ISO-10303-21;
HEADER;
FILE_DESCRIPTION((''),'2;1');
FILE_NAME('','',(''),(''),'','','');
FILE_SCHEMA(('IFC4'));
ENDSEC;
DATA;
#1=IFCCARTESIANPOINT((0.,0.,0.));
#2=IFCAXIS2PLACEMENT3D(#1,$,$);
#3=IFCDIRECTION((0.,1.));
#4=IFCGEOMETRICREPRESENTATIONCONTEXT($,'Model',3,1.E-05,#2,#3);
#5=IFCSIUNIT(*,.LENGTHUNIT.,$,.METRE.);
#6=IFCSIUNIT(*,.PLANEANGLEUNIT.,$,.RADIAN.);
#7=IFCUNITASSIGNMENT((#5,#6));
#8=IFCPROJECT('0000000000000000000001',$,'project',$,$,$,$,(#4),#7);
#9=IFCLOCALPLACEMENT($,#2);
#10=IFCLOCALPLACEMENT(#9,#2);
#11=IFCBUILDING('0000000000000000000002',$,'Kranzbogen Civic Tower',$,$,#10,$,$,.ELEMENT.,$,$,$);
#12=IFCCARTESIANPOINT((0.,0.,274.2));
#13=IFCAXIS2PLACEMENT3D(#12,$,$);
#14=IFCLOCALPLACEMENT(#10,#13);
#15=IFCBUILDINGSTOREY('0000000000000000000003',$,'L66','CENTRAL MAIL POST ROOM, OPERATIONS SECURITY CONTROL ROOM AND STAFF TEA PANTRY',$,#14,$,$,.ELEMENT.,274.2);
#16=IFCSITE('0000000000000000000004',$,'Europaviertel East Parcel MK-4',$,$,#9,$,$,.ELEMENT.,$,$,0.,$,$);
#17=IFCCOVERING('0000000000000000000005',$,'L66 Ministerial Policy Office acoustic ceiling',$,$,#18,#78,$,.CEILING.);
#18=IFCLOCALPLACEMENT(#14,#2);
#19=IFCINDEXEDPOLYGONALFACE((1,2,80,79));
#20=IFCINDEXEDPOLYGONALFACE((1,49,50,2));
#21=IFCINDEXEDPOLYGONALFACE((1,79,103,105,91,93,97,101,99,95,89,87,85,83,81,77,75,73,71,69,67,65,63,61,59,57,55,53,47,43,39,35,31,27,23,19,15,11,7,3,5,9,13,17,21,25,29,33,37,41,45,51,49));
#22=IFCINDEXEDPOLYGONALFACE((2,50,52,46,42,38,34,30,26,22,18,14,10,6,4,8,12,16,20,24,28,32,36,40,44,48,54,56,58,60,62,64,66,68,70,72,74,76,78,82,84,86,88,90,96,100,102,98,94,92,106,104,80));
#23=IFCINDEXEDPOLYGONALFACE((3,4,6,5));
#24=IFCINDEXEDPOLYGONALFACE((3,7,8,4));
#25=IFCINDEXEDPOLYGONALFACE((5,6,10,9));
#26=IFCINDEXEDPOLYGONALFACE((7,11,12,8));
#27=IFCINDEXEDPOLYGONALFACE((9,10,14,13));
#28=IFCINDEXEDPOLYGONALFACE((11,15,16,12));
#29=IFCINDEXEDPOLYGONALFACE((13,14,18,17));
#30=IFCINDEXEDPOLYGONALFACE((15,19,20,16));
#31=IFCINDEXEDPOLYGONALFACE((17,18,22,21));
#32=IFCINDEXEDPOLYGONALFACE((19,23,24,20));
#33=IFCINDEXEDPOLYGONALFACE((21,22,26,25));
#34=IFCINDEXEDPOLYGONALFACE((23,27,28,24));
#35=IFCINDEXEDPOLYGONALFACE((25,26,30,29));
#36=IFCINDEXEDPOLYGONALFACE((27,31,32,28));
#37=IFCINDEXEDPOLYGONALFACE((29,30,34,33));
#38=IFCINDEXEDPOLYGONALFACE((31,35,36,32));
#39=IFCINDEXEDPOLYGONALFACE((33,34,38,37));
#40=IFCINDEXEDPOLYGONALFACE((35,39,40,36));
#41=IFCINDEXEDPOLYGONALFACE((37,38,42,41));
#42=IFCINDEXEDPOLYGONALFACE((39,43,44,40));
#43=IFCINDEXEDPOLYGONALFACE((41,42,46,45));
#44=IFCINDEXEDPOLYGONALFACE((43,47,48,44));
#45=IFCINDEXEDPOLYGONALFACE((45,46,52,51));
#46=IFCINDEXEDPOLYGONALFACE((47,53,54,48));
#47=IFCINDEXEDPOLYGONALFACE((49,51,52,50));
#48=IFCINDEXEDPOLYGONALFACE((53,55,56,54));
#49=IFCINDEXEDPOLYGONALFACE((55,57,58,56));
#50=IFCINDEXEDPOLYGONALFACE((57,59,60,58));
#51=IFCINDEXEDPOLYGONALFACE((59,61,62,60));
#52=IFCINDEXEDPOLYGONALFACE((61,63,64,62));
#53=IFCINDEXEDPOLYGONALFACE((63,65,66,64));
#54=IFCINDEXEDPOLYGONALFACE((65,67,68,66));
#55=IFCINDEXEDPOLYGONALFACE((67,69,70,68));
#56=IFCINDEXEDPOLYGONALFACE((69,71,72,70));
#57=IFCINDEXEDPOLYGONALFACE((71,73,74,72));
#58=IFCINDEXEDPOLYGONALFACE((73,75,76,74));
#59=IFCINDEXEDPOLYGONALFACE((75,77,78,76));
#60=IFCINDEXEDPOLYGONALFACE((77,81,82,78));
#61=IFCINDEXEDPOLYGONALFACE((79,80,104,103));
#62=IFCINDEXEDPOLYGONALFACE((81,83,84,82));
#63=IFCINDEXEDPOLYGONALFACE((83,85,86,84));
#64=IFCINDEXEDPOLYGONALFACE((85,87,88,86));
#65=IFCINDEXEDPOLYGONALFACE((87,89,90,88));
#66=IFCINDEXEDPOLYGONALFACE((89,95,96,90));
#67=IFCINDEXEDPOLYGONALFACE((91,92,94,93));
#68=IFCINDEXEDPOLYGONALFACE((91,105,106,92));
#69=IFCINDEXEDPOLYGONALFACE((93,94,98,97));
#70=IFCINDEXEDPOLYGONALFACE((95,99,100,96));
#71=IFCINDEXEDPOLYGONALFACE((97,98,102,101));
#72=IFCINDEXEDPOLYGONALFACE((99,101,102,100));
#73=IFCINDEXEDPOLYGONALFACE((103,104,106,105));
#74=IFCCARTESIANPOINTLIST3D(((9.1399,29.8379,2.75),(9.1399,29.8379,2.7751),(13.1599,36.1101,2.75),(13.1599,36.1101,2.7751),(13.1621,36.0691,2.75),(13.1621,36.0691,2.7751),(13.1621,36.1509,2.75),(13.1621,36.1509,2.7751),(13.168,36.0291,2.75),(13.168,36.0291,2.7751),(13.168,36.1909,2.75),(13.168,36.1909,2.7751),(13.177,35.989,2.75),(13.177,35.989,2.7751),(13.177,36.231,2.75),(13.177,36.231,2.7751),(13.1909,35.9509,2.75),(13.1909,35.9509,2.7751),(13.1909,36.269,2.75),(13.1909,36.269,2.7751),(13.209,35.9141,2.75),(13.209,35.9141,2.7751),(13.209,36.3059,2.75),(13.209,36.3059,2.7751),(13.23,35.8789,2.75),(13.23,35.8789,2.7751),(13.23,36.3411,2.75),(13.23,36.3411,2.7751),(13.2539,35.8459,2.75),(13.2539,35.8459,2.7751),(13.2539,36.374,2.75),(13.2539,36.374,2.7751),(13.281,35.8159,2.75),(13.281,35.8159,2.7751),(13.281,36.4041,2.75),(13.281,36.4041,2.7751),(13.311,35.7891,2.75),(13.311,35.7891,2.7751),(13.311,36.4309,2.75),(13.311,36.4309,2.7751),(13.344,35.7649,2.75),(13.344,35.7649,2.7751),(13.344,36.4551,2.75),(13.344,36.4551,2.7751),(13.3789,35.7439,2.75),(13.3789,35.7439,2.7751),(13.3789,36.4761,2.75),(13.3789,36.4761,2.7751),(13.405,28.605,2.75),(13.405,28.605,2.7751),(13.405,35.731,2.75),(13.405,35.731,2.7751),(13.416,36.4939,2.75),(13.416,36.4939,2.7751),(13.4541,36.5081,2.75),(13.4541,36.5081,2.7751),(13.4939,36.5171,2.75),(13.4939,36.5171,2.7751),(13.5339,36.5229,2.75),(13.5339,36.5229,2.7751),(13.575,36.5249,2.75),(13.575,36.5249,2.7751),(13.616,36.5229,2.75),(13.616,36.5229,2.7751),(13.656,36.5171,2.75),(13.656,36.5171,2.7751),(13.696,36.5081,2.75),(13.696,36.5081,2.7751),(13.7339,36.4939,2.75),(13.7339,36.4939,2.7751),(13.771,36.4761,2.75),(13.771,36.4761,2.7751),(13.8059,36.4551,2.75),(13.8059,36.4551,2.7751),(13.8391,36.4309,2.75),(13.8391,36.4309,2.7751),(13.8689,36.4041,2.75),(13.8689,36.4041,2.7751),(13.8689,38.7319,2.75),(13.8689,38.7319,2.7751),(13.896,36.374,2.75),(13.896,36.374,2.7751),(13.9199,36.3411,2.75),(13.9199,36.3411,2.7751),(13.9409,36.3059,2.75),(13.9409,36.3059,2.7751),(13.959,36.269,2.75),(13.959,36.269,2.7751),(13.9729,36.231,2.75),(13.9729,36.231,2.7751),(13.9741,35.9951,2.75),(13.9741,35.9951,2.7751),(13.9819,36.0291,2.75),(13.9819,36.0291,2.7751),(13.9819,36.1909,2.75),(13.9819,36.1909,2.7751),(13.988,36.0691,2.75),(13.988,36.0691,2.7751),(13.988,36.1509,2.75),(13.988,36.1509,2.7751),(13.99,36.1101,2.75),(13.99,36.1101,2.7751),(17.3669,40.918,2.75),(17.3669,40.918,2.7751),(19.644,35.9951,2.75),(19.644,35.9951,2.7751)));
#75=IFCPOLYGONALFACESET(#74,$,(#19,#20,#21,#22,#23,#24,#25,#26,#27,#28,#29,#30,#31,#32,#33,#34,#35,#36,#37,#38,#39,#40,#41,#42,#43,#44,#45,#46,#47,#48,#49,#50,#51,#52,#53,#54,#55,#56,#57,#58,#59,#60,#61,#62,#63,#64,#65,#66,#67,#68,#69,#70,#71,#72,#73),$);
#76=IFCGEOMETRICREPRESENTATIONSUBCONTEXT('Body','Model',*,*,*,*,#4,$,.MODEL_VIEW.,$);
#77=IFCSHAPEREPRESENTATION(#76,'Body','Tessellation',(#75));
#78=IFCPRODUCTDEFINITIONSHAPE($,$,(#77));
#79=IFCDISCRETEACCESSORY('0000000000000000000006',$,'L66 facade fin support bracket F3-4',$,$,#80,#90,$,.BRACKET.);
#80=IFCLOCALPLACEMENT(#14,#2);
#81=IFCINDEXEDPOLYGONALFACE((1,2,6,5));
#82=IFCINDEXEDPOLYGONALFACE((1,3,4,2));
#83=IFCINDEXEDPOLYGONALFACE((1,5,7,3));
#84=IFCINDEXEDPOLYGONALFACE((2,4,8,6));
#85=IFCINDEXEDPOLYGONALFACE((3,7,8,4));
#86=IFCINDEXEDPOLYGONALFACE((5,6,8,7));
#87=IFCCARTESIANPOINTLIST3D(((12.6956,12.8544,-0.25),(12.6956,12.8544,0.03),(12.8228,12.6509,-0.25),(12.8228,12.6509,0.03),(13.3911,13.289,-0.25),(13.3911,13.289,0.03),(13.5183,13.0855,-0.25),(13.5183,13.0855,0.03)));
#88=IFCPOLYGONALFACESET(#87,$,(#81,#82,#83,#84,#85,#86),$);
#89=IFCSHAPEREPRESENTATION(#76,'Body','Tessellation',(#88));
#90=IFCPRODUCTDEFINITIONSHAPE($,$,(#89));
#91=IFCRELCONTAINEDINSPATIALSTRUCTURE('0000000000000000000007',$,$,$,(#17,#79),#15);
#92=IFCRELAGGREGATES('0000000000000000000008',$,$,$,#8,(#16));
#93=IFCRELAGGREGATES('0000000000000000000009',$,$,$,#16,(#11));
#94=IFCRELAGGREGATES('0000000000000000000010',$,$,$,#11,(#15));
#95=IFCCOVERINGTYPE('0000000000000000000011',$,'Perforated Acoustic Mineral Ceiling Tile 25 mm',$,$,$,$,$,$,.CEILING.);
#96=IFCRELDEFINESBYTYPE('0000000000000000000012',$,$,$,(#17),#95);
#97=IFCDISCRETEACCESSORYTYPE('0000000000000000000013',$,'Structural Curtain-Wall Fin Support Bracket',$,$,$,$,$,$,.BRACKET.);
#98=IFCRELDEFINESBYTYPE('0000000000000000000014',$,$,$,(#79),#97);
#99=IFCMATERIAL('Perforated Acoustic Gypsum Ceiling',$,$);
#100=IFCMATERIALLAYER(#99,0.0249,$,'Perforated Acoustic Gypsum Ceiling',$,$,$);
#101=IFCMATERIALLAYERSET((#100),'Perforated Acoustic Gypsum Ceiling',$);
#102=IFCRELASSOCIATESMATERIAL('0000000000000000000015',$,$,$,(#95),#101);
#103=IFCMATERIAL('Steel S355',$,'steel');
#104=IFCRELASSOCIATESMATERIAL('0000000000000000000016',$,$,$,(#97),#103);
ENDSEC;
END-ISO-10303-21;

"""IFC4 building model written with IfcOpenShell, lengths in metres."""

from ifc_helpers import new_model, si_unit, direction, frame, origin, origin_2d, place, context, subcontext, project, spatial, polyline, rectangle, outline, extrude, material, layer, layer_set, type_object, element, save


model = new_model("IFC4")

# Units and contexts
model_context = context("Model", 3, precision=1e-05, world=origin(), true_north=direction((0.0, 1.0)))
body_context = subcontext(model_context, "Body", "Model", "MODEL_VIEW")
ifc_project = project(units=[si_unit("LENGTHUNIT", "METRE"), si_unit("PLANEANGLEUNIT", "RADIAN")], contexts=[model_context])

# Site, building, storey
site_placement = place(None, origin())
site = spatial("IfcSite", under=ifc_project, at=site_placement, Name="Europaviertel East Parcel MK-4", CompositionType="ELEMENT", RefElevation=0.0)
building_placement = place(site_placement, origin())
building = spatial("IfcBuilding", under=site, at=building_placement, Name="Kranzbogen Civic Tower", CompositionType="ELEMENT")
storey_placement = place(building_placement, frame((0.0, 0.0, 274.2)))
storey = spatial("IfcBuildingStorey", under=building, at=storey_placement, Name="L66", Description="CENTRAL MAIL POST ROOM, OPERATIONS SECURITY CONTROL ROOM AND STAFF TEA PANTRY", CompositionType="ELEMENT", Elevation=274.2)

# Shared definitions
ifc_material_1 = material(Name="Steel S355", Category="steel")

# Covering
ifc_material_2 = material(Name="Perforated Acoustic Gypsum Ceiling")
ifc_layer_1 = layer(ifc_material_2, 0.0249, Name="Perforated Acoustic Gypsum Ceiling")
ifc_layer_set_1 = layer_set([ifc_layer_1], Name="Perforated Acoustic Gypsum Ceiling")
covering_type_1 = type_object("IfcCoveringType", Name="Perforated Acoustic Mineral Ceiling Tile 25 mm", PredefinedType="CEILING", material=ifc_layer_set_1)
covering_1_placement = place(storey_placement, frame((0.0, 0.0, 2.75)))
element("IfcCovering", 1, at=covering_1_placement, inside=storey, type_object=covering_type_1, Name="L66 Ministerial Policy Office acoustic ceiling", PredefinedType="CEILING", context=body_context, shape_type="SweptSolid", body=[
    extrude(outline(polyline([(17.3669, 40.918), (19.644, 35.9951), (13.9741, 35.9951), (13.9819, 36.0291), (13.988, 36.0691), (13.99, 36.1101), (13.988, 36.1509), (13.9819, 36.1909), (13.9729, 36.231), (13.959, 36.269), (13.9409, 36.3059), (13.9199, 36.3411), (13.896, 36.374), (13.8689, 36.4041), (13.8391, 36.4309), (13.8059, 36.4551), (13.771, 36.4761), (13.7339, 36.4939), (13.696, 36.5081), (13.656, 36.5171), (13.616, 36.5229), (13.575, 36.5249), (13.5339, 36.5229), (13.4939, 36.5171), (13.4541, 36.5081), (13.416, 36.4939), (13.3789, 36.4761), (13.344, 36.4551), (13.311, 36.4309), (13.281, 36.4041), (13.2539, 36.374), (13.23, 36.3411), (13.209, 36.3059), (13.1909, 36.269), (13.177, 36.231), (13.168, 36.1909), (13.1621, 36.1509), (13.1599, 36.1101), (13.1621, 36.0691), (13.168, 36.0291), (13.177, 35.989), (13.1909, 35.9509), (13.209, 35.9141), (13.23, 35.8789), (13.2539, 35.8459), (13.281, 35.8159), (13.311, 35.7891), (13.344, 35.7649), (13.3789, 35.7439), (13.405, 35.731), (13.405, 28.605), (9.1399, 29.8379), (13.8689, 38.7319), (17.3669, 40.918)])), origin(), (0.0, 0.0, 1.0), 0.0251),
])

# Discrete accessory
discrete_accessory_type = type_object("IfcDiscreteAccessoryType", Name="Structural Curtain-Wall Fin Support Bracket", PredefinedType="BRACKET", material=ifc_material_1)
discrete_accessory_placement = place(storey_placement, frame((13.1069, 12.97, -0.25), z_axis=(0.0, 0.0, 1.0), x_axis=(-0.848048, -0.529919, 0.0)))
element("IfcDiscreteAccessory", 2, at=discrete_accessory_placement, inside=storey, type_object=discrete_accessory_type, Name="L66 facade fin support bracket F3-4", PredefinedType="BRACKET", context=body_context, shape_type="SweptSolid", body=[
    extrude(rectangle(XDim=0.8201, YDim=0.24, at=origin_2d()), origin(), (0.0, 0.0, 1.0), 0.28),
])

save(model, "model.ifc")
